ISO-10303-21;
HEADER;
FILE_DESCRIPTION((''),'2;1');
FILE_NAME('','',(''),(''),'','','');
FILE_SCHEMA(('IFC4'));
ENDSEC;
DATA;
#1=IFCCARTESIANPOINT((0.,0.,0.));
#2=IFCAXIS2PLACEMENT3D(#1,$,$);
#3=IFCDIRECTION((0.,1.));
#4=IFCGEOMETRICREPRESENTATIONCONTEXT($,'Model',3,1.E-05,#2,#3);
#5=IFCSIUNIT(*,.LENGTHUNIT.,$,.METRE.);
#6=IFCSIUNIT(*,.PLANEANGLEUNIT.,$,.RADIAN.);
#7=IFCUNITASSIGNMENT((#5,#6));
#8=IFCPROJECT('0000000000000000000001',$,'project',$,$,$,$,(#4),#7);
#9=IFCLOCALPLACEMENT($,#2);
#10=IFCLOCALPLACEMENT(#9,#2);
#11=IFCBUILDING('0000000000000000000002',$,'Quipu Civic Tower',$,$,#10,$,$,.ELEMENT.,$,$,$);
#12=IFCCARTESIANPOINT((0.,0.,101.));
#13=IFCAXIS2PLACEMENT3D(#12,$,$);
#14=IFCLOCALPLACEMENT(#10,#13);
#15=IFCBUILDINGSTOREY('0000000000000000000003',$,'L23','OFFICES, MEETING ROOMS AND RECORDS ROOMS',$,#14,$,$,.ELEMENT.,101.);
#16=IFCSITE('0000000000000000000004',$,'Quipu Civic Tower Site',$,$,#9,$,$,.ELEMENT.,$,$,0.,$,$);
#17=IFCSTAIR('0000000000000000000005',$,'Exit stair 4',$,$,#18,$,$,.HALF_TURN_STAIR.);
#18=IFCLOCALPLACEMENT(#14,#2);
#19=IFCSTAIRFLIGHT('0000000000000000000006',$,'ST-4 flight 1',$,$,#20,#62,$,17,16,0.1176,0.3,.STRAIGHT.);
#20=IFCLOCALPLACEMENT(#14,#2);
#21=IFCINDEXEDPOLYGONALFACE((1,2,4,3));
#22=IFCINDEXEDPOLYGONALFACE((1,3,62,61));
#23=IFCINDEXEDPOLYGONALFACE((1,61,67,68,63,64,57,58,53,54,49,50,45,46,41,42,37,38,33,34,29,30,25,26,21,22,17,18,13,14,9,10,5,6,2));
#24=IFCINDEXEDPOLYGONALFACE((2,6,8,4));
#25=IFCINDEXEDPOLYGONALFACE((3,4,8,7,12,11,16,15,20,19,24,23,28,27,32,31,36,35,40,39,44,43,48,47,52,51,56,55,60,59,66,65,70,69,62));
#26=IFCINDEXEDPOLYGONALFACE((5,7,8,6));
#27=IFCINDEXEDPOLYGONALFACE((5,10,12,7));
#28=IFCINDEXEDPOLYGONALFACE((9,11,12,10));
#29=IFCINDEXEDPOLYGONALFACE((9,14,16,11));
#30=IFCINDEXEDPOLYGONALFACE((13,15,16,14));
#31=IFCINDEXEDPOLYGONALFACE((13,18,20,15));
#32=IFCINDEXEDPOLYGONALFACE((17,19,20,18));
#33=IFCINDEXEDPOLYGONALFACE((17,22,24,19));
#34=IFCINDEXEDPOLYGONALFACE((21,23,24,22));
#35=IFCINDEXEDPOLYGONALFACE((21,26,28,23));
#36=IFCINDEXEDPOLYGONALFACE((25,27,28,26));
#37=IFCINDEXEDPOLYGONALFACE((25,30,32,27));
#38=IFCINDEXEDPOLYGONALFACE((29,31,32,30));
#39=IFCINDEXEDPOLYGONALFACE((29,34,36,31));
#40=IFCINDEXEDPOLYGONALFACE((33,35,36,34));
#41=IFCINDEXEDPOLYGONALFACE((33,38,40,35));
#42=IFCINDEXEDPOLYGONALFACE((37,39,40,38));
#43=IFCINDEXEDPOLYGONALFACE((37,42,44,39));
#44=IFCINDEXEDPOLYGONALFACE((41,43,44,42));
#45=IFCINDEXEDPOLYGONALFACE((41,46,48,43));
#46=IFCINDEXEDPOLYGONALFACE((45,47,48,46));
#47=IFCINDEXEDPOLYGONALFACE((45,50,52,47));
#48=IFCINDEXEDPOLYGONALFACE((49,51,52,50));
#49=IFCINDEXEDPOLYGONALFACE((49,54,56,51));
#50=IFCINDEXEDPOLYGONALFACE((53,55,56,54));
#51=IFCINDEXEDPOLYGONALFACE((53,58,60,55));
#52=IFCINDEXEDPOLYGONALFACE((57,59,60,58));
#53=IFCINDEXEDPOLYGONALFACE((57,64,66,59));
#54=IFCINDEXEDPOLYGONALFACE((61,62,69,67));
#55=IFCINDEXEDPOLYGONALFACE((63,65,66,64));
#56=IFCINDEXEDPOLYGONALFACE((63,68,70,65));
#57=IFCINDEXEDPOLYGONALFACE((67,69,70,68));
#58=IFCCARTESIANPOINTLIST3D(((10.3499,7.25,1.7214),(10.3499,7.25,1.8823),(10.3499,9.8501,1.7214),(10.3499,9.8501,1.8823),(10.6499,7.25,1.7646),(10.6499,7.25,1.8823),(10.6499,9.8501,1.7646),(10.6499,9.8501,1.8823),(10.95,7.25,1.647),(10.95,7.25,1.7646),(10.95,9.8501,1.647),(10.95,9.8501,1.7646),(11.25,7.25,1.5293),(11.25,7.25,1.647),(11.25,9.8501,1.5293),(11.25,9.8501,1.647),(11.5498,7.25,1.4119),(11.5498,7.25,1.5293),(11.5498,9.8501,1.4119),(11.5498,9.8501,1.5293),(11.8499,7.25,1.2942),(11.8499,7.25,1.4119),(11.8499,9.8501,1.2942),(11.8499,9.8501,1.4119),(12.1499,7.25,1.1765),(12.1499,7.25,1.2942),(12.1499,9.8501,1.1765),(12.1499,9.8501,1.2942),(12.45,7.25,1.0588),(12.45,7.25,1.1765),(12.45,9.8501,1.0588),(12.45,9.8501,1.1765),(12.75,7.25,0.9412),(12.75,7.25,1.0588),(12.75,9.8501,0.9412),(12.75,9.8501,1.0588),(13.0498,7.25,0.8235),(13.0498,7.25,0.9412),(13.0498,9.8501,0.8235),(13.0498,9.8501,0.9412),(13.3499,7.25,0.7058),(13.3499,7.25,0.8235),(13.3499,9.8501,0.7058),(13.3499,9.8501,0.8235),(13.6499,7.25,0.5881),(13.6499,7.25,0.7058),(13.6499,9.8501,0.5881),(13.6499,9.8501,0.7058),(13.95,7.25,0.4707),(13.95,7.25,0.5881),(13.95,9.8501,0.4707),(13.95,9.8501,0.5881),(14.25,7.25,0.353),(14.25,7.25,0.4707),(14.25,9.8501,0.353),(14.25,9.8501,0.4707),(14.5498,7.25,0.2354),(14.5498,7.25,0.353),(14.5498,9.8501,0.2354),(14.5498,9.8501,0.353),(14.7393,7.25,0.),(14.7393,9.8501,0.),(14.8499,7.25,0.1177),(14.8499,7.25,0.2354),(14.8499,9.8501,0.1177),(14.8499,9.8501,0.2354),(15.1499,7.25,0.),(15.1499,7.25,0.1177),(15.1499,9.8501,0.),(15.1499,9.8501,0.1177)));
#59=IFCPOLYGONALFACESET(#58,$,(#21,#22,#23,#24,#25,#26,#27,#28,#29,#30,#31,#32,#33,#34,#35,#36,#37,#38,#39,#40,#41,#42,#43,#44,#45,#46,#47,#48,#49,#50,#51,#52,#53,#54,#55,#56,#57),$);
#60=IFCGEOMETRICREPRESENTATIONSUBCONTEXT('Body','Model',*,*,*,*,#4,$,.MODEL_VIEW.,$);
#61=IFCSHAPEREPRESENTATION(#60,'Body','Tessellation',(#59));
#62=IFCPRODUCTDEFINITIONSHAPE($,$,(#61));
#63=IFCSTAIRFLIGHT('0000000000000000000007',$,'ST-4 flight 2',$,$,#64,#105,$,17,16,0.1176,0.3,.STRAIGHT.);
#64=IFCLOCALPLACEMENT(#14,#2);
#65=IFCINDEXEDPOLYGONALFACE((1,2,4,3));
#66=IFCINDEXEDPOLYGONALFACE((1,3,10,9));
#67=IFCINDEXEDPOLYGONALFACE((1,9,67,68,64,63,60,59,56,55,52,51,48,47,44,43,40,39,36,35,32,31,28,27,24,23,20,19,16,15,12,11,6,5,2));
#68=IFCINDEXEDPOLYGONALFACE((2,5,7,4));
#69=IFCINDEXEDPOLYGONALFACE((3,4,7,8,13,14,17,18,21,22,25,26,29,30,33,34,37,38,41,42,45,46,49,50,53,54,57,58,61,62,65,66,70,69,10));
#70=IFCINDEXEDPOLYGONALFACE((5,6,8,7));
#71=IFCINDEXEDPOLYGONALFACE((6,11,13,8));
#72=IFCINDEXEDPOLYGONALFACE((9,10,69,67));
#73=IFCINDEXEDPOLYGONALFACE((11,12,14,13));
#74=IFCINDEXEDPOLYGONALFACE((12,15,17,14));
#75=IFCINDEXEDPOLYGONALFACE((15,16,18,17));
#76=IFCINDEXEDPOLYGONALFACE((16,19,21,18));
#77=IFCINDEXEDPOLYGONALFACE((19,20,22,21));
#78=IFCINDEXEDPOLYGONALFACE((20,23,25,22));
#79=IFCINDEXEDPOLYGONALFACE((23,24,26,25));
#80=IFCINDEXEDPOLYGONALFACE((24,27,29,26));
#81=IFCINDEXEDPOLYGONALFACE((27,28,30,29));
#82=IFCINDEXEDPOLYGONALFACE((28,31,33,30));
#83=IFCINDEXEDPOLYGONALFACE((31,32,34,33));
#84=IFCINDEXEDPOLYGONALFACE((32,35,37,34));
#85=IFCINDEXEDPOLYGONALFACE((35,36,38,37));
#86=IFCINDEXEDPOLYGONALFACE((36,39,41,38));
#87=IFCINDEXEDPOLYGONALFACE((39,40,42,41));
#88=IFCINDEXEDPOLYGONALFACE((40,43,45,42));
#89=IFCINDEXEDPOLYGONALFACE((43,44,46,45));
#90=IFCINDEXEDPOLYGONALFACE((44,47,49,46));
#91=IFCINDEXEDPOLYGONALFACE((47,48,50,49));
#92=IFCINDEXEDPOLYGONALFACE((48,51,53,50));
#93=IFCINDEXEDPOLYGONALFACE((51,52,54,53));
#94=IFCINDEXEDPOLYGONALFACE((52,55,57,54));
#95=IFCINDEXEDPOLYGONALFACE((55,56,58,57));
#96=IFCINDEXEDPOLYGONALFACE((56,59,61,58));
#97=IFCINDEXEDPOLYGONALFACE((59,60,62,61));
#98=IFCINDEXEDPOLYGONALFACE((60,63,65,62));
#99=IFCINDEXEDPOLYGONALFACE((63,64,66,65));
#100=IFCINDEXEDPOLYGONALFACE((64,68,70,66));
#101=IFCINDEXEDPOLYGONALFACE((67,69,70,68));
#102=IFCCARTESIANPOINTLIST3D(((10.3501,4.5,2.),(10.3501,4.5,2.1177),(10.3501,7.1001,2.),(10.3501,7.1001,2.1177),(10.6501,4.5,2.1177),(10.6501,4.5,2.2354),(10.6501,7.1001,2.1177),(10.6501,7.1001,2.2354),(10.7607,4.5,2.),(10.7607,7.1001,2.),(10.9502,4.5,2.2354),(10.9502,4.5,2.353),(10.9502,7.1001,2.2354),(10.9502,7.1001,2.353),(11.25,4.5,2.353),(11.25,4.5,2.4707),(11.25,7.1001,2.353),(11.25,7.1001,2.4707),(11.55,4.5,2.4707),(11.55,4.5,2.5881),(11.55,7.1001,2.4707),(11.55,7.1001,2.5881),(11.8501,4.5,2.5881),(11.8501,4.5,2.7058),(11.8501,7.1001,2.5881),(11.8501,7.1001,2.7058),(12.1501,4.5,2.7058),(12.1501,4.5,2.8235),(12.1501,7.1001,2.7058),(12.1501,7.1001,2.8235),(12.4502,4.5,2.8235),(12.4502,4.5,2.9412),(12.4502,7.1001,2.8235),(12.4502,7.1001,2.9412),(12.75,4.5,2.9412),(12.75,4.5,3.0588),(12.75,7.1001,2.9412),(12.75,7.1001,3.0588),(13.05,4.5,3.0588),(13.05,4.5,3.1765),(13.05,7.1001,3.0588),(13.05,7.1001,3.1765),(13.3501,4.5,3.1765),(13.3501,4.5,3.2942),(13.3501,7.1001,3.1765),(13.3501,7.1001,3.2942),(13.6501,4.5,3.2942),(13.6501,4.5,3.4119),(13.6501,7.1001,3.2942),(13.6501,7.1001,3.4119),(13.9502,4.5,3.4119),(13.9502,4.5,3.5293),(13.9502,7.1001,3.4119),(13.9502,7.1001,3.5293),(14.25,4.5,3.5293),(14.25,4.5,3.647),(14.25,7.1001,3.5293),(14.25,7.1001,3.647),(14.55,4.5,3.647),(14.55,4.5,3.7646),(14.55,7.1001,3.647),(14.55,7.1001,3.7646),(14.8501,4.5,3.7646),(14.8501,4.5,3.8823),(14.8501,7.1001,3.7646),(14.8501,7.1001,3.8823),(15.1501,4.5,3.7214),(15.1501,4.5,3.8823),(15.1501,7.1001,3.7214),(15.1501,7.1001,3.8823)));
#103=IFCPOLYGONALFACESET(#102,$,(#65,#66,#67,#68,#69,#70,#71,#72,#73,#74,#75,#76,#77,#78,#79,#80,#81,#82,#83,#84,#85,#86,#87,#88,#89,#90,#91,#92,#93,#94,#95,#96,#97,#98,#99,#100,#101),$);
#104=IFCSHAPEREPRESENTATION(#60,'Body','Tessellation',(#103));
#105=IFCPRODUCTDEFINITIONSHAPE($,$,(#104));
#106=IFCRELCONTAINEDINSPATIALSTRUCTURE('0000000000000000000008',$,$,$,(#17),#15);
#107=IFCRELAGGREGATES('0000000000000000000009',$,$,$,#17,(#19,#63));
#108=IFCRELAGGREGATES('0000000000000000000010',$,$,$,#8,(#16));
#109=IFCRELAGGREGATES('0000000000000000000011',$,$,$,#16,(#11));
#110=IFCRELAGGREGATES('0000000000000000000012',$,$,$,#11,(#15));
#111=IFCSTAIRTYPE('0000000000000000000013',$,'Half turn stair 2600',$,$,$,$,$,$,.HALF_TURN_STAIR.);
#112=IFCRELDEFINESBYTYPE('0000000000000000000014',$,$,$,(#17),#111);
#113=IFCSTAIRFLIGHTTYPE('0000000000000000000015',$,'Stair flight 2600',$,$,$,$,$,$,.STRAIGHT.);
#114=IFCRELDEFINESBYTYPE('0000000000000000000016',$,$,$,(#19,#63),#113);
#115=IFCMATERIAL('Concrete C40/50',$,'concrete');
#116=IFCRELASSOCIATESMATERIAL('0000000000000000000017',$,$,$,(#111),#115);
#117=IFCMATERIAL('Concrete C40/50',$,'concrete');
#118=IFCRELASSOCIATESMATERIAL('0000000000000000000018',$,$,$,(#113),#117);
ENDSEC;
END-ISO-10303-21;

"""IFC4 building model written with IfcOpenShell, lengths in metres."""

from ifc_helpers import new_model, si_unit, direction, frame, origin, place, context, subcontext, project, spatial, polyline, outline, extrude, material, type_object, element, aggregate, save


model = new_model("IFC4")

# Units and contexts
model_context = context("Model", 3, precision=1e-05, world=origin(), true_north=direction((0.0, 1.0)))
body_context = subcontext(model_context, "Body", "Model", "MODEL_VIEW")
ifc_project = project(units=[si_unit("LENGTHUNIT", "METRE"), si_unit("PLANEANGLEUNIT", "RADIAN")], contexts=[model_context])

# Site, building, storey
site_placement = place(None, origin())
site = spatial("IfcSite", under=ifc_project, at=site_placement, Name="Quipu Civic Tower Site", CompositionType="ELEMENT", RefElevation=0.0)
building_placement = place(site_placement, origin())
building = spatial("IfcBuilding", under=site, at=building_placement, Name="Quipu Civic Tower", CompositionType="ELEMENT")
storey_placement = place(building_placement, frame((0.0, 0.0, 101.0)))
storey = spatial("IfcBuildingStorey", under=building, at=storey_placement, Name="L23", Description="OFFICES, MEETING ROOMS AND RECORDS ROOMS", CompositionType="ELEMENT", Elevation=101.0)

# Stair, stair flights
ifc_material_1 = material(Name="Concrete C40/50", Category="concrete")
stair_type = type_object("IfcStairType", Name="Half turn stair 2600", PredefinedType="HALF_TURN_STAIR", material=ifc_material_1)
stair_placement = place(storey_placement, origin())
stair = element("IfcStair", 1, at=stair_placement, inside=storey, type_object=stair_type, Name="Exit stair 4", PredefinedType="HALF_TURN_STAIR")
ifc_material_2 = material(Name="Concrete C40/50", Category="concrete")
stair_flight_type = type_object("IfcStairFlightType", Name="Stair flight 2600", PredefinedType="STRAIGHT", material=ifc_material_2)
stair_flight_1_placement = place(storey_placement, frame((15.1499, 8.55, 0.0), z_axis=(0.0, 0.0, 1.0), x_axis=(-1.0, 0.0, 0.0)))
stair_flight_1 = element("IfcStairFlight", 2, at=stair_flight_1_placement, type_object=stair_flight_type, Name="ST-4 flight 1", NumberOfRisers=17, NumberOfTreads=16, PredefinedType="STRAIGHT", RiserHeight=0.1176, TreadLength=0.3, context=body_context, shape_type="SweptSolid", body=[
    extrude(outline(polyline([(0.0, 0.0), (0.0, 0.1177), (0.3, 0.1177), (0.3, 0.2354), (0.6001, 0.2354), (0.6001, 0.353), (0.8999, 0.353), (0.8999, 0.4707), (1.2, 0.4707), (1.2, 0.5881), (1.5, 0.5881), (1.5, 0.7058), (1.8, 0.7058), (1.8, 0.8235), (2.1001, 0.8235), (2.1001, 0.9412), (2.3999, 0.9412), (2.3999, 1.0588), (2.7, 1.0588), (2.7, 1.1765), (3.0, 1.1765), (3.0, 1.2942), (3.3, 1.2942), (3.3, 1.4119), (3.6001, 1.4119), (3.6001, 1.5293), (3.8999, 1.5293), (3.8999, 1.647), (4.2, 1.647), (4.2, 1.7646), (4.5, 1.7646), (4.5, 1.8823), (4.8, 1.8823), (4.8, 2.0), (4.8, 1.7214), (0.4106, 0.0), (0.0, 0.0)])), frame((0.0, 1.3, 0.0), z_axis=(0.0, -1.0, 0.0), x_axis=(1.0, 0.0, 0.0)), (0.0, 0.0, 1.0), 2.6001),
])
stair_flight_2_placement = place(storey_placement, frame((10.3501, 5.8, 2.0), z_axis=(0.0, 0.0, 1.0), x_axis=(1.0, 0.0, 0.0)))
stair_flight_2 = element("IfcStairFlight", 3, at=stair_flight_2_placement, type_object=stair_flight_type, Name="ST-4 flight 2", NumberOfRisers=17, NumberOfTreads=16, PredefinedType="STRAIGHT", RiserHeight=0.1176, TreadLength=0.3, context=body_context, shape_type="SweptSolid", body=[
    extrude(outline(polyline([(0.0, 0.0), (0.0, 0.1177), (0.3, 0.1177), (0.3, 0.2354), (0.6001, 0.2354), (0.6001, 0.353), (0.8999, 0.353), (0.8999, 0.4707), (1.2, 0.4707), (1.2, 0.5881), (1.5, 0.5881), (1.5, 0.7058), (1.8, 0.7058), (1.8, 0.8235), (2.1001, 0.8235), (2.1001, 0.9412), (2.3999, 0.9412), (2.3999, 1.0588), (2.7, 1.0588), (2.7, 1.1765), (3.0, 1.1765), (3.0, 1.2942), (3.3, 1.2942), (3.3, 1.4119), (3.6001, 1.4119), (3.6001, 1.5293), (3.8999, 1.5293), (3.8999, 1.647), (4.2, 1.647), (4.2, 1.7646), (4.5, 1.7646), (4.5, 1.8823), (4.8, 1.8823), (4.8, 2.0), (4.8, 1.7214), (0.4106, 0.0), (0.0, 0.0)])), frame((0.0, 1.3, 0.0), z_axis=(0.0, -1.0, 0.0), x_axis=(1.0, 0.0, 0.0)), (0.0, 0.0, 1.0), 2.6001),
])
aggregate(stair, [stair_flight_1, stair_flight_2])

save(model, "model.ifc")
